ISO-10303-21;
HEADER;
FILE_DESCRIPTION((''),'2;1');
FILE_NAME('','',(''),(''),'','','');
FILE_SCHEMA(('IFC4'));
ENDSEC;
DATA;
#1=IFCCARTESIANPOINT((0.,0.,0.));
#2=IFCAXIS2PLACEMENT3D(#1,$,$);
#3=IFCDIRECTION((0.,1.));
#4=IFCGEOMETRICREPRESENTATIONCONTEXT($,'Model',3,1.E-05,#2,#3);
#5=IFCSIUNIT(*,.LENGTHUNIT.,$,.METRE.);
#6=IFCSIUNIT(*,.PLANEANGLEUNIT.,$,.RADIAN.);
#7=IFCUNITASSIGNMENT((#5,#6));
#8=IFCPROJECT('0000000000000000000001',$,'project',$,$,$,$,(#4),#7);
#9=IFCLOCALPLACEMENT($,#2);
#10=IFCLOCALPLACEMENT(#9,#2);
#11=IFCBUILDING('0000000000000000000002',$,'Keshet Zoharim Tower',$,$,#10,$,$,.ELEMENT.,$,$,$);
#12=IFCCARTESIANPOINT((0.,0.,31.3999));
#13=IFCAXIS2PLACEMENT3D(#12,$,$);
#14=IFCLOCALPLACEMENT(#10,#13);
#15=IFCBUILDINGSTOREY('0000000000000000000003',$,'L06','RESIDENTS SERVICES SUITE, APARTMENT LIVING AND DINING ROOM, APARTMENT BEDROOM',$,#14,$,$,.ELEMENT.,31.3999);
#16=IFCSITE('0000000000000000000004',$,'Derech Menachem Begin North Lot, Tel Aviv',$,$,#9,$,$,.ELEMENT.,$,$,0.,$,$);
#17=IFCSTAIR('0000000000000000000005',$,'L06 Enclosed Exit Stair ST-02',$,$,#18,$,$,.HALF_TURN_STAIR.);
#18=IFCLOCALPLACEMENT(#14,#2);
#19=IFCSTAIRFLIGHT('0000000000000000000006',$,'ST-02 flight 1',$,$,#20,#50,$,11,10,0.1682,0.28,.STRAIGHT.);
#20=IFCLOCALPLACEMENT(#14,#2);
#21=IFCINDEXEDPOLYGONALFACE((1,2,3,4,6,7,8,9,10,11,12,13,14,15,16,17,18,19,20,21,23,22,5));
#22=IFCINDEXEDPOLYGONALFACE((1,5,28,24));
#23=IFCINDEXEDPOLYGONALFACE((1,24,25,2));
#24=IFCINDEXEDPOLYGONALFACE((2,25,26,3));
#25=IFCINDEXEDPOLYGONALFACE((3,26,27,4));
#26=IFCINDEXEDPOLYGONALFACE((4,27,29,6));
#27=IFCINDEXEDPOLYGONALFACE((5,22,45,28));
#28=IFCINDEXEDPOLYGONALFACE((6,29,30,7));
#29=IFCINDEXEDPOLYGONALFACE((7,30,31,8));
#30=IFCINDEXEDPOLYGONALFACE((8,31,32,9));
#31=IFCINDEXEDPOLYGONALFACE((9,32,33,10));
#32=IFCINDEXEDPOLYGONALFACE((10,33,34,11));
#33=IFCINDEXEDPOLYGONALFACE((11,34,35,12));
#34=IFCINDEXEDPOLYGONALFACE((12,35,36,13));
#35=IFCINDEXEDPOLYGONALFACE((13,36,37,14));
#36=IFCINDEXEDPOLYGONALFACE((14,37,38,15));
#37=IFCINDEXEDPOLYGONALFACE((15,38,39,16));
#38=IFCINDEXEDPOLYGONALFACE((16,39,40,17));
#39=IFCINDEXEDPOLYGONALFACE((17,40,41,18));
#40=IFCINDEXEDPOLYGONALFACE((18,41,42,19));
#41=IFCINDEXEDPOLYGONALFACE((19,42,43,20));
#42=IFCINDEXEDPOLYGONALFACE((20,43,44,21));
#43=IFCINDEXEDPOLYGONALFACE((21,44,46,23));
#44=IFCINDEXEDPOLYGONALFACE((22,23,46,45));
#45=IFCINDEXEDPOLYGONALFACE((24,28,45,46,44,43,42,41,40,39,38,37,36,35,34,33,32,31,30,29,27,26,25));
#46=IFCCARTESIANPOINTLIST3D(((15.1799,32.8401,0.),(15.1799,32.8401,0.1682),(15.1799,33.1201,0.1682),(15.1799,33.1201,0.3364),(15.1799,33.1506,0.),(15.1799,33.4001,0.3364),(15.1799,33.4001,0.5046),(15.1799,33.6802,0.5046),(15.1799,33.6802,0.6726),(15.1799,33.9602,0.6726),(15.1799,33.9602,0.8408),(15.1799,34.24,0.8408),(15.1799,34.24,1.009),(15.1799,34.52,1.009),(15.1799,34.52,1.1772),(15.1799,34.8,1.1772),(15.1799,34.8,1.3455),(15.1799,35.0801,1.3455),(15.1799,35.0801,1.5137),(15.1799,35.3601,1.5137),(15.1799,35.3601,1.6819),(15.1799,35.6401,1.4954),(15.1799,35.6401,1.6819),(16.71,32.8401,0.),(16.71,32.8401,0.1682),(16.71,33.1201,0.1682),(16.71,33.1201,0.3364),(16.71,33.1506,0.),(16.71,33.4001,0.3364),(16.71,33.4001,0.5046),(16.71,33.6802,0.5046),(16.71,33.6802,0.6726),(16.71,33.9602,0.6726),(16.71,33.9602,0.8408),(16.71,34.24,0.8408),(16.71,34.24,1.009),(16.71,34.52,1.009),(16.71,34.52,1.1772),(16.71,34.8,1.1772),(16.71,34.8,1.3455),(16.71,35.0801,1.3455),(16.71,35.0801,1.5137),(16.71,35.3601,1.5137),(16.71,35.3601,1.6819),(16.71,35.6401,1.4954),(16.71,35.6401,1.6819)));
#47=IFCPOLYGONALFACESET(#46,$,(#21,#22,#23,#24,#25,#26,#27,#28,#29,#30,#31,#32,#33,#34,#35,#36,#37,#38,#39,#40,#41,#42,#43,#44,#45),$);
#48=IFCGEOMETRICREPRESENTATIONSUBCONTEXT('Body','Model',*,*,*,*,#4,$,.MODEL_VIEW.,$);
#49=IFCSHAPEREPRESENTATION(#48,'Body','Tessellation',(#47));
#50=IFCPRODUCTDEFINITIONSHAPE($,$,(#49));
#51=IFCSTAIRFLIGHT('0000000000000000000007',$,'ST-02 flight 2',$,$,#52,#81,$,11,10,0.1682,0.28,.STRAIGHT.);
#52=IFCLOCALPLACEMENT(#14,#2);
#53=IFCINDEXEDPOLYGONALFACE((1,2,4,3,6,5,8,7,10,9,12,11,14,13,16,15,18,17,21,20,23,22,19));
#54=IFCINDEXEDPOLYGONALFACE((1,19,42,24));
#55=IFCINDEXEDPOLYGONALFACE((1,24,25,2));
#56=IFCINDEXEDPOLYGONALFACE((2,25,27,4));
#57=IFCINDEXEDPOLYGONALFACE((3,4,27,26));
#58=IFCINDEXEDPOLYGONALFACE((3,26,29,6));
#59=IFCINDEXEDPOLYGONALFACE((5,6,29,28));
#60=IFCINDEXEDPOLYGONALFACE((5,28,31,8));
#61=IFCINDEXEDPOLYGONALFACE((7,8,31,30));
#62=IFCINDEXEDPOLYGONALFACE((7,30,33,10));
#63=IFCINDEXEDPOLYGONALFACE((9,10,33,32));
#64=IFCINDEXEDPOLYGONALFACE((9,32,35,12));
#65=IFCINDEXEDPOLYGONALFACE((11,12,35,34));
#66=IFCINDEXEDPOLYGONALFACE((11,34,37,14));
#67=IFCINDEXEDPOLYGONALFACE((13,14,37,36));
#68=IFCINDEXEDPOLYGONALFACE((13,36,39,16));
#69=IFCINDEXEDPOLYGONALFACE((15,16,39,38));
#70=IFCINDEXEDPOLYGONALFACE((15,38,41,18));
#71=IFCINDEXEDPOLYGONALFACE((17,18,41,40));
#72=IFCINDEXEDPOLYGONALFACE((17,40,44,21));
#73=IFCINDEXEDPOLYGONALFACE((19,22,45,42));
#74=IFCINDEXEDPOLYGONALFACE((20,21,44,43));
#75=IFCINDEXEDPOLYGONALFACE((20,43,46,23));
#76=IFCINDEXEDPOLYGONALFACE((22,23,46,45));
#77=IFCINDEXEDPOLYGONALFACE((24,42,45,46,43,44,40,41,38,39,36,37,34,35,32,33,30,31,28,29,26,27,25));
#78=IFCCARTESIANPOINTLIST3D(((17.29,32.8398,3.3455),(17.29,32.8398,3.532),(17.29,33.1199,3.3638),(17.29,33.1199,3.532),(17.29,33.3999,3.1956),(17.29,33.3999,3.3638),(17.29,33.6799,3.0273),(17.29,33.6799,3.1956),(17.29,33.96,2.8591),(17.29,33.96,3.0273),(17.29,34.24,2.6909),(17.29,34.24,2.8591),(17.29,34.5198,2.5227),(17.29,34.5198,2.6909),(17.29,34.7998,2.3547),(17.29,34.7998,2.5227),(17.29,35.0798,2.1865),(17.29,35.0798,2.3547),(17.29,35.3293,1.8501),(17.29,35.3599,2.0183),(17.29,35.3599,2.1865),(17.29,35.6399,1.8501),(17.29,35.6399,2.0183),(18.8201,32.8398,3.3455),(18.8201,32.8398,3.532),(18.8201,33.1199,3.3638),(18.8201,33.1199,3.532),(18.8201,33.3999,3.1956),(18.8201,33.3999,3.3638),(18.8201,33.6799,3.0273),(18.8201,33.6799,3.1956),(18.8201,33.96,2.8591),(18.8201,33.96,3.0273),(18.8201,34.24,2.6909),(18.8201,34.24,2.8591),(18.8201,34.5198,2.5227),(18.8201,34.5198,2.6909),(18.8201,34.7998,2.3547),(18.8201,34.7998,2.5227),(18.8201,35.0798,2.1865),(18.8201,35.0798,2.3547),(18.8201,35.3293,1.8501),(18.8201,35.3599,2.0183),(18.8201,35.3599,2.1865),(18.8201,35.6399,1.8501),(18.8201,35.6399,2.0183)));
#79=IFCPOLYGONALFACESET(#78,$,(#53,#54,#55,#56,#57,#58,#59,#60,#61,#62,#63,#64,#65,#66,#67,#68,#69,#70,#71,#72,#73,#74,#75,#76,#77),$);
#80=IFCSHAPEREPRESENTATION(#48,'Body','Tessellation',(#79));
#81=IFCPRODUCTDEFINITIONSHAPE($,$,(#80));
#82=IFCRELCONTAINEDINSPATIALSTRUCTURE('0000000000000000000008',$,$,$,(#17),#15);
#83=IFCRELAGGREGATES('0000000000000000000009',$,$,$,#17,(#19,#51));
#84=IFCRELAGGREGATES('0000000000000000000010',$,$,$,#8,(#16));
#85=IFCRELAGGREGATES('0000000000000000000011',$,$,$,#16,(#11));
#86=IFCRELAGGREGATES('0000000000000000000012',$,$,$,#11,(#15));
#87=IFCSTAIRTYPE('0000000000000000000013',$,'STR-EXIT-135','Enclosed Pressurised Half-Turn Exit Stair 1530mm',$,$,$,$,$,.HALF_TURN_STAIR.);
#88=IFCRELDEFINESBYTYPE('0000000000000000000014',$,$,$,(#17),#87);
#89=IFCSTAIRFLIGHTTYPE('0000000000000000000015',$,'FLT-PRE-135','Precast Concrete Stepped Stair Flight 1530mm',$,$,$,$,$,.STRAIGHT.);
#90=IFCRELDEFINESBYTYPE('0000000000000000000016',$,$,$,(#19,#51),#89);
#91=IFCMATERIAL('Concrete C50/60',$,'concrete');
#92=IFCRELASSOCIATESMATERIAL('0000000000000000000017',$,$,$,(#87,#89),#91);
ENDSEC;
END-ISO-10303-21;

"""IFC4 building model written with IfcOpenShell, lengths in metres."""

from ifc_helpers import new_model, si_unit, direction, frame, origin, place, context, subcontext, project, spatial, polyline, outline, extrude, material, type_object, element, aggregate, save


model = new_model("IFC4")

# Units and contexts
model_context = context("Model", 3, precision=1e-05, world=origin(), true_north=direction((0.0, 1.0)))
body_context = subcontext(model_context, "Body", "Model", "MODEL_VIEW")
ifc_project = project(units=[si_unit("LENGTHUNIT", "METRE"), si_unit("PLANEANGLEUNIT", "RADIAN")], contexts=[model_context])

# Site, building, storey
site_placement = place(None, origin())
site = spatial("IfcSite", under=ifc_project, at=site_placement, Name="Derech Menachem Begin North Lot, Tel Aviv", CompositionType="ELEMENT", RefElevation=0.0)
building_placement = place(site_placement, origin())
building = spatial("IfcBuilding", under=site, at=building_placement, Name="Keshet Zoharim Tower", CompositionType="ELEMENT")
storey_placement = place(building_placement, frame((0.0, 0.0, 31.3999)))
storey = spatial("IfcBuildingStorey", under=building, at=storey_placement, Name="L06", Description="RESIDENTS SERVICES SUITE, APARTMENT LIVING AND DINING ROOM, APARTMENT BEDROOM", CompositionType="ELEMENT", Elevation=31.3999)

# Stair, stair flights
ifc_material_1 = material(Name="Concrete C50/60", Category="concrete")
stair_type = type_object("IfcStairType", Name="STR-EXIT-135", Description="Enclosed Pressurised Half-Turn Exit Stair 1530mm", PredefinedType="HALF_TURN_STAIR", material=ifc_material_1)
stair_flight_type = type_object("IfcStairFlightType", Name="FLT-PRE-135", Description="Precast Concrete Stepped Stair Flight 1530mm", PredefinedType="STRAIGHT", material=ifc_material_1)
stair_1_placement = place(storey_placement, origin())
stair_1 = element("IfcStair", 1, at=stair_1_placement, inside=storey, type_object=stair_type, Name="L06 Enclosed Exit Stair ST-02", PredefinedType="HALF_TURN_STAIR")
stair_flight_1_placement = place(storey_placement, frame((15.9451, 32.8401, 0.0), z_axis=(0.0, 0.0, 1.0), x_axis=(0.0, 1.0, 0.0)))
stair_flight_1 = element("IfcStairFlight", 2, at=stair_flight_1_placement, type_object=stair_flight_type, Name="ST-02 flight 1", NumberOfRisers=11, NumberOfTreads=10, PredefinedType="STRAIGHT", RiserHeight=0.1682, TreadLength=0.28, context=body_context, shape_type="SweptSolid", body=[
    extrude(outline(polyline([(0.0, 0.0), (0.0, 0.1682), (0.28, 0.1682), (0.28, 0.3364), (0.5601, 0.3364), (0.5601, 0.5046), (0.8401, 0.5046), (0.8401, 0.6726), (1.1201, 0.6726), (1.1201, 0.8408), (1.3999, 0.8408), (1.3999, 1.009), (1.6799, 1.009), (1.6799, 1.1772), (1.96, 1.1772), (1.96, 1.3455), (2.24, 1.3455), (2.24, 1.5137), (2.52, 1.5137), (2.52, 1.6819), (2.8, 1.6819), (2.8, 1.8501), (2.8, 1.4954), (0.3105, 0.0), (0.0, 0.0)])), frame((0.0, 0.7651, 0.0), z_axis=(0.0, -1.0, 0.0), x_axis=(1.0, 0.0, 0.0)), (0.0, 0.0, 1.0), 1.53),
])
stair_flight_2_placement = place(storey_placement, frame((18.0549, 35.6399, 1.8501), z_axis=(0.0, 0.0, 1.0), x_axis=(0.0, -1.0, 0.0)))
stair_flight_2 = element("IfcStairFlight", 3, at=stair_flight_2_placement, type_object=stair_flight_type, Name="ST-02 flight 2", NumberOfRisers=11, NumberOfTreads=10, PredefinedType="STRAIGHT", RiserHeight=0.1682, TreadLength=0.28, context=body_context, shape_type="SweptSolid", body=[
    extrude(outline(polyline([(0.0, 0.0), (0.0, 0.1682), (0.28, 0.1682), (0.28, 0.3364), (0.5601, 0.3364), (0.5601, 0.5046), (0.8401, 0.5046), (0.8401, 0.6726), (1.1201, 0.6726), (1.1201, 0.8408), (1.3999, 0.8408), (1.3999, 1.009), (1.6799, 1.009), (1.6799, 1.1772), (1.96, 1.1772), (1.96, 1.3455), (2.24, 1.3455), (2.24, 1.5137), (2.52, 1.5137), (2.52, 1.6819), (2.8, 1.6819), (2.8, 1.8501), (2.8, 1.4954), (0.3105, 0.0), (0.0, 0.0)])), frame((0.0, 0.7651, 0.0), z_axis=(0.0, -1.0, 0.0), x_axis=(1.0, 0.0, 0.0)), (0.0, 0.0, 1.0), 1.53),
])
aggregate(stair_1, [stair_flight_1, stair_flight_2])

save(model, "model.ifc")
